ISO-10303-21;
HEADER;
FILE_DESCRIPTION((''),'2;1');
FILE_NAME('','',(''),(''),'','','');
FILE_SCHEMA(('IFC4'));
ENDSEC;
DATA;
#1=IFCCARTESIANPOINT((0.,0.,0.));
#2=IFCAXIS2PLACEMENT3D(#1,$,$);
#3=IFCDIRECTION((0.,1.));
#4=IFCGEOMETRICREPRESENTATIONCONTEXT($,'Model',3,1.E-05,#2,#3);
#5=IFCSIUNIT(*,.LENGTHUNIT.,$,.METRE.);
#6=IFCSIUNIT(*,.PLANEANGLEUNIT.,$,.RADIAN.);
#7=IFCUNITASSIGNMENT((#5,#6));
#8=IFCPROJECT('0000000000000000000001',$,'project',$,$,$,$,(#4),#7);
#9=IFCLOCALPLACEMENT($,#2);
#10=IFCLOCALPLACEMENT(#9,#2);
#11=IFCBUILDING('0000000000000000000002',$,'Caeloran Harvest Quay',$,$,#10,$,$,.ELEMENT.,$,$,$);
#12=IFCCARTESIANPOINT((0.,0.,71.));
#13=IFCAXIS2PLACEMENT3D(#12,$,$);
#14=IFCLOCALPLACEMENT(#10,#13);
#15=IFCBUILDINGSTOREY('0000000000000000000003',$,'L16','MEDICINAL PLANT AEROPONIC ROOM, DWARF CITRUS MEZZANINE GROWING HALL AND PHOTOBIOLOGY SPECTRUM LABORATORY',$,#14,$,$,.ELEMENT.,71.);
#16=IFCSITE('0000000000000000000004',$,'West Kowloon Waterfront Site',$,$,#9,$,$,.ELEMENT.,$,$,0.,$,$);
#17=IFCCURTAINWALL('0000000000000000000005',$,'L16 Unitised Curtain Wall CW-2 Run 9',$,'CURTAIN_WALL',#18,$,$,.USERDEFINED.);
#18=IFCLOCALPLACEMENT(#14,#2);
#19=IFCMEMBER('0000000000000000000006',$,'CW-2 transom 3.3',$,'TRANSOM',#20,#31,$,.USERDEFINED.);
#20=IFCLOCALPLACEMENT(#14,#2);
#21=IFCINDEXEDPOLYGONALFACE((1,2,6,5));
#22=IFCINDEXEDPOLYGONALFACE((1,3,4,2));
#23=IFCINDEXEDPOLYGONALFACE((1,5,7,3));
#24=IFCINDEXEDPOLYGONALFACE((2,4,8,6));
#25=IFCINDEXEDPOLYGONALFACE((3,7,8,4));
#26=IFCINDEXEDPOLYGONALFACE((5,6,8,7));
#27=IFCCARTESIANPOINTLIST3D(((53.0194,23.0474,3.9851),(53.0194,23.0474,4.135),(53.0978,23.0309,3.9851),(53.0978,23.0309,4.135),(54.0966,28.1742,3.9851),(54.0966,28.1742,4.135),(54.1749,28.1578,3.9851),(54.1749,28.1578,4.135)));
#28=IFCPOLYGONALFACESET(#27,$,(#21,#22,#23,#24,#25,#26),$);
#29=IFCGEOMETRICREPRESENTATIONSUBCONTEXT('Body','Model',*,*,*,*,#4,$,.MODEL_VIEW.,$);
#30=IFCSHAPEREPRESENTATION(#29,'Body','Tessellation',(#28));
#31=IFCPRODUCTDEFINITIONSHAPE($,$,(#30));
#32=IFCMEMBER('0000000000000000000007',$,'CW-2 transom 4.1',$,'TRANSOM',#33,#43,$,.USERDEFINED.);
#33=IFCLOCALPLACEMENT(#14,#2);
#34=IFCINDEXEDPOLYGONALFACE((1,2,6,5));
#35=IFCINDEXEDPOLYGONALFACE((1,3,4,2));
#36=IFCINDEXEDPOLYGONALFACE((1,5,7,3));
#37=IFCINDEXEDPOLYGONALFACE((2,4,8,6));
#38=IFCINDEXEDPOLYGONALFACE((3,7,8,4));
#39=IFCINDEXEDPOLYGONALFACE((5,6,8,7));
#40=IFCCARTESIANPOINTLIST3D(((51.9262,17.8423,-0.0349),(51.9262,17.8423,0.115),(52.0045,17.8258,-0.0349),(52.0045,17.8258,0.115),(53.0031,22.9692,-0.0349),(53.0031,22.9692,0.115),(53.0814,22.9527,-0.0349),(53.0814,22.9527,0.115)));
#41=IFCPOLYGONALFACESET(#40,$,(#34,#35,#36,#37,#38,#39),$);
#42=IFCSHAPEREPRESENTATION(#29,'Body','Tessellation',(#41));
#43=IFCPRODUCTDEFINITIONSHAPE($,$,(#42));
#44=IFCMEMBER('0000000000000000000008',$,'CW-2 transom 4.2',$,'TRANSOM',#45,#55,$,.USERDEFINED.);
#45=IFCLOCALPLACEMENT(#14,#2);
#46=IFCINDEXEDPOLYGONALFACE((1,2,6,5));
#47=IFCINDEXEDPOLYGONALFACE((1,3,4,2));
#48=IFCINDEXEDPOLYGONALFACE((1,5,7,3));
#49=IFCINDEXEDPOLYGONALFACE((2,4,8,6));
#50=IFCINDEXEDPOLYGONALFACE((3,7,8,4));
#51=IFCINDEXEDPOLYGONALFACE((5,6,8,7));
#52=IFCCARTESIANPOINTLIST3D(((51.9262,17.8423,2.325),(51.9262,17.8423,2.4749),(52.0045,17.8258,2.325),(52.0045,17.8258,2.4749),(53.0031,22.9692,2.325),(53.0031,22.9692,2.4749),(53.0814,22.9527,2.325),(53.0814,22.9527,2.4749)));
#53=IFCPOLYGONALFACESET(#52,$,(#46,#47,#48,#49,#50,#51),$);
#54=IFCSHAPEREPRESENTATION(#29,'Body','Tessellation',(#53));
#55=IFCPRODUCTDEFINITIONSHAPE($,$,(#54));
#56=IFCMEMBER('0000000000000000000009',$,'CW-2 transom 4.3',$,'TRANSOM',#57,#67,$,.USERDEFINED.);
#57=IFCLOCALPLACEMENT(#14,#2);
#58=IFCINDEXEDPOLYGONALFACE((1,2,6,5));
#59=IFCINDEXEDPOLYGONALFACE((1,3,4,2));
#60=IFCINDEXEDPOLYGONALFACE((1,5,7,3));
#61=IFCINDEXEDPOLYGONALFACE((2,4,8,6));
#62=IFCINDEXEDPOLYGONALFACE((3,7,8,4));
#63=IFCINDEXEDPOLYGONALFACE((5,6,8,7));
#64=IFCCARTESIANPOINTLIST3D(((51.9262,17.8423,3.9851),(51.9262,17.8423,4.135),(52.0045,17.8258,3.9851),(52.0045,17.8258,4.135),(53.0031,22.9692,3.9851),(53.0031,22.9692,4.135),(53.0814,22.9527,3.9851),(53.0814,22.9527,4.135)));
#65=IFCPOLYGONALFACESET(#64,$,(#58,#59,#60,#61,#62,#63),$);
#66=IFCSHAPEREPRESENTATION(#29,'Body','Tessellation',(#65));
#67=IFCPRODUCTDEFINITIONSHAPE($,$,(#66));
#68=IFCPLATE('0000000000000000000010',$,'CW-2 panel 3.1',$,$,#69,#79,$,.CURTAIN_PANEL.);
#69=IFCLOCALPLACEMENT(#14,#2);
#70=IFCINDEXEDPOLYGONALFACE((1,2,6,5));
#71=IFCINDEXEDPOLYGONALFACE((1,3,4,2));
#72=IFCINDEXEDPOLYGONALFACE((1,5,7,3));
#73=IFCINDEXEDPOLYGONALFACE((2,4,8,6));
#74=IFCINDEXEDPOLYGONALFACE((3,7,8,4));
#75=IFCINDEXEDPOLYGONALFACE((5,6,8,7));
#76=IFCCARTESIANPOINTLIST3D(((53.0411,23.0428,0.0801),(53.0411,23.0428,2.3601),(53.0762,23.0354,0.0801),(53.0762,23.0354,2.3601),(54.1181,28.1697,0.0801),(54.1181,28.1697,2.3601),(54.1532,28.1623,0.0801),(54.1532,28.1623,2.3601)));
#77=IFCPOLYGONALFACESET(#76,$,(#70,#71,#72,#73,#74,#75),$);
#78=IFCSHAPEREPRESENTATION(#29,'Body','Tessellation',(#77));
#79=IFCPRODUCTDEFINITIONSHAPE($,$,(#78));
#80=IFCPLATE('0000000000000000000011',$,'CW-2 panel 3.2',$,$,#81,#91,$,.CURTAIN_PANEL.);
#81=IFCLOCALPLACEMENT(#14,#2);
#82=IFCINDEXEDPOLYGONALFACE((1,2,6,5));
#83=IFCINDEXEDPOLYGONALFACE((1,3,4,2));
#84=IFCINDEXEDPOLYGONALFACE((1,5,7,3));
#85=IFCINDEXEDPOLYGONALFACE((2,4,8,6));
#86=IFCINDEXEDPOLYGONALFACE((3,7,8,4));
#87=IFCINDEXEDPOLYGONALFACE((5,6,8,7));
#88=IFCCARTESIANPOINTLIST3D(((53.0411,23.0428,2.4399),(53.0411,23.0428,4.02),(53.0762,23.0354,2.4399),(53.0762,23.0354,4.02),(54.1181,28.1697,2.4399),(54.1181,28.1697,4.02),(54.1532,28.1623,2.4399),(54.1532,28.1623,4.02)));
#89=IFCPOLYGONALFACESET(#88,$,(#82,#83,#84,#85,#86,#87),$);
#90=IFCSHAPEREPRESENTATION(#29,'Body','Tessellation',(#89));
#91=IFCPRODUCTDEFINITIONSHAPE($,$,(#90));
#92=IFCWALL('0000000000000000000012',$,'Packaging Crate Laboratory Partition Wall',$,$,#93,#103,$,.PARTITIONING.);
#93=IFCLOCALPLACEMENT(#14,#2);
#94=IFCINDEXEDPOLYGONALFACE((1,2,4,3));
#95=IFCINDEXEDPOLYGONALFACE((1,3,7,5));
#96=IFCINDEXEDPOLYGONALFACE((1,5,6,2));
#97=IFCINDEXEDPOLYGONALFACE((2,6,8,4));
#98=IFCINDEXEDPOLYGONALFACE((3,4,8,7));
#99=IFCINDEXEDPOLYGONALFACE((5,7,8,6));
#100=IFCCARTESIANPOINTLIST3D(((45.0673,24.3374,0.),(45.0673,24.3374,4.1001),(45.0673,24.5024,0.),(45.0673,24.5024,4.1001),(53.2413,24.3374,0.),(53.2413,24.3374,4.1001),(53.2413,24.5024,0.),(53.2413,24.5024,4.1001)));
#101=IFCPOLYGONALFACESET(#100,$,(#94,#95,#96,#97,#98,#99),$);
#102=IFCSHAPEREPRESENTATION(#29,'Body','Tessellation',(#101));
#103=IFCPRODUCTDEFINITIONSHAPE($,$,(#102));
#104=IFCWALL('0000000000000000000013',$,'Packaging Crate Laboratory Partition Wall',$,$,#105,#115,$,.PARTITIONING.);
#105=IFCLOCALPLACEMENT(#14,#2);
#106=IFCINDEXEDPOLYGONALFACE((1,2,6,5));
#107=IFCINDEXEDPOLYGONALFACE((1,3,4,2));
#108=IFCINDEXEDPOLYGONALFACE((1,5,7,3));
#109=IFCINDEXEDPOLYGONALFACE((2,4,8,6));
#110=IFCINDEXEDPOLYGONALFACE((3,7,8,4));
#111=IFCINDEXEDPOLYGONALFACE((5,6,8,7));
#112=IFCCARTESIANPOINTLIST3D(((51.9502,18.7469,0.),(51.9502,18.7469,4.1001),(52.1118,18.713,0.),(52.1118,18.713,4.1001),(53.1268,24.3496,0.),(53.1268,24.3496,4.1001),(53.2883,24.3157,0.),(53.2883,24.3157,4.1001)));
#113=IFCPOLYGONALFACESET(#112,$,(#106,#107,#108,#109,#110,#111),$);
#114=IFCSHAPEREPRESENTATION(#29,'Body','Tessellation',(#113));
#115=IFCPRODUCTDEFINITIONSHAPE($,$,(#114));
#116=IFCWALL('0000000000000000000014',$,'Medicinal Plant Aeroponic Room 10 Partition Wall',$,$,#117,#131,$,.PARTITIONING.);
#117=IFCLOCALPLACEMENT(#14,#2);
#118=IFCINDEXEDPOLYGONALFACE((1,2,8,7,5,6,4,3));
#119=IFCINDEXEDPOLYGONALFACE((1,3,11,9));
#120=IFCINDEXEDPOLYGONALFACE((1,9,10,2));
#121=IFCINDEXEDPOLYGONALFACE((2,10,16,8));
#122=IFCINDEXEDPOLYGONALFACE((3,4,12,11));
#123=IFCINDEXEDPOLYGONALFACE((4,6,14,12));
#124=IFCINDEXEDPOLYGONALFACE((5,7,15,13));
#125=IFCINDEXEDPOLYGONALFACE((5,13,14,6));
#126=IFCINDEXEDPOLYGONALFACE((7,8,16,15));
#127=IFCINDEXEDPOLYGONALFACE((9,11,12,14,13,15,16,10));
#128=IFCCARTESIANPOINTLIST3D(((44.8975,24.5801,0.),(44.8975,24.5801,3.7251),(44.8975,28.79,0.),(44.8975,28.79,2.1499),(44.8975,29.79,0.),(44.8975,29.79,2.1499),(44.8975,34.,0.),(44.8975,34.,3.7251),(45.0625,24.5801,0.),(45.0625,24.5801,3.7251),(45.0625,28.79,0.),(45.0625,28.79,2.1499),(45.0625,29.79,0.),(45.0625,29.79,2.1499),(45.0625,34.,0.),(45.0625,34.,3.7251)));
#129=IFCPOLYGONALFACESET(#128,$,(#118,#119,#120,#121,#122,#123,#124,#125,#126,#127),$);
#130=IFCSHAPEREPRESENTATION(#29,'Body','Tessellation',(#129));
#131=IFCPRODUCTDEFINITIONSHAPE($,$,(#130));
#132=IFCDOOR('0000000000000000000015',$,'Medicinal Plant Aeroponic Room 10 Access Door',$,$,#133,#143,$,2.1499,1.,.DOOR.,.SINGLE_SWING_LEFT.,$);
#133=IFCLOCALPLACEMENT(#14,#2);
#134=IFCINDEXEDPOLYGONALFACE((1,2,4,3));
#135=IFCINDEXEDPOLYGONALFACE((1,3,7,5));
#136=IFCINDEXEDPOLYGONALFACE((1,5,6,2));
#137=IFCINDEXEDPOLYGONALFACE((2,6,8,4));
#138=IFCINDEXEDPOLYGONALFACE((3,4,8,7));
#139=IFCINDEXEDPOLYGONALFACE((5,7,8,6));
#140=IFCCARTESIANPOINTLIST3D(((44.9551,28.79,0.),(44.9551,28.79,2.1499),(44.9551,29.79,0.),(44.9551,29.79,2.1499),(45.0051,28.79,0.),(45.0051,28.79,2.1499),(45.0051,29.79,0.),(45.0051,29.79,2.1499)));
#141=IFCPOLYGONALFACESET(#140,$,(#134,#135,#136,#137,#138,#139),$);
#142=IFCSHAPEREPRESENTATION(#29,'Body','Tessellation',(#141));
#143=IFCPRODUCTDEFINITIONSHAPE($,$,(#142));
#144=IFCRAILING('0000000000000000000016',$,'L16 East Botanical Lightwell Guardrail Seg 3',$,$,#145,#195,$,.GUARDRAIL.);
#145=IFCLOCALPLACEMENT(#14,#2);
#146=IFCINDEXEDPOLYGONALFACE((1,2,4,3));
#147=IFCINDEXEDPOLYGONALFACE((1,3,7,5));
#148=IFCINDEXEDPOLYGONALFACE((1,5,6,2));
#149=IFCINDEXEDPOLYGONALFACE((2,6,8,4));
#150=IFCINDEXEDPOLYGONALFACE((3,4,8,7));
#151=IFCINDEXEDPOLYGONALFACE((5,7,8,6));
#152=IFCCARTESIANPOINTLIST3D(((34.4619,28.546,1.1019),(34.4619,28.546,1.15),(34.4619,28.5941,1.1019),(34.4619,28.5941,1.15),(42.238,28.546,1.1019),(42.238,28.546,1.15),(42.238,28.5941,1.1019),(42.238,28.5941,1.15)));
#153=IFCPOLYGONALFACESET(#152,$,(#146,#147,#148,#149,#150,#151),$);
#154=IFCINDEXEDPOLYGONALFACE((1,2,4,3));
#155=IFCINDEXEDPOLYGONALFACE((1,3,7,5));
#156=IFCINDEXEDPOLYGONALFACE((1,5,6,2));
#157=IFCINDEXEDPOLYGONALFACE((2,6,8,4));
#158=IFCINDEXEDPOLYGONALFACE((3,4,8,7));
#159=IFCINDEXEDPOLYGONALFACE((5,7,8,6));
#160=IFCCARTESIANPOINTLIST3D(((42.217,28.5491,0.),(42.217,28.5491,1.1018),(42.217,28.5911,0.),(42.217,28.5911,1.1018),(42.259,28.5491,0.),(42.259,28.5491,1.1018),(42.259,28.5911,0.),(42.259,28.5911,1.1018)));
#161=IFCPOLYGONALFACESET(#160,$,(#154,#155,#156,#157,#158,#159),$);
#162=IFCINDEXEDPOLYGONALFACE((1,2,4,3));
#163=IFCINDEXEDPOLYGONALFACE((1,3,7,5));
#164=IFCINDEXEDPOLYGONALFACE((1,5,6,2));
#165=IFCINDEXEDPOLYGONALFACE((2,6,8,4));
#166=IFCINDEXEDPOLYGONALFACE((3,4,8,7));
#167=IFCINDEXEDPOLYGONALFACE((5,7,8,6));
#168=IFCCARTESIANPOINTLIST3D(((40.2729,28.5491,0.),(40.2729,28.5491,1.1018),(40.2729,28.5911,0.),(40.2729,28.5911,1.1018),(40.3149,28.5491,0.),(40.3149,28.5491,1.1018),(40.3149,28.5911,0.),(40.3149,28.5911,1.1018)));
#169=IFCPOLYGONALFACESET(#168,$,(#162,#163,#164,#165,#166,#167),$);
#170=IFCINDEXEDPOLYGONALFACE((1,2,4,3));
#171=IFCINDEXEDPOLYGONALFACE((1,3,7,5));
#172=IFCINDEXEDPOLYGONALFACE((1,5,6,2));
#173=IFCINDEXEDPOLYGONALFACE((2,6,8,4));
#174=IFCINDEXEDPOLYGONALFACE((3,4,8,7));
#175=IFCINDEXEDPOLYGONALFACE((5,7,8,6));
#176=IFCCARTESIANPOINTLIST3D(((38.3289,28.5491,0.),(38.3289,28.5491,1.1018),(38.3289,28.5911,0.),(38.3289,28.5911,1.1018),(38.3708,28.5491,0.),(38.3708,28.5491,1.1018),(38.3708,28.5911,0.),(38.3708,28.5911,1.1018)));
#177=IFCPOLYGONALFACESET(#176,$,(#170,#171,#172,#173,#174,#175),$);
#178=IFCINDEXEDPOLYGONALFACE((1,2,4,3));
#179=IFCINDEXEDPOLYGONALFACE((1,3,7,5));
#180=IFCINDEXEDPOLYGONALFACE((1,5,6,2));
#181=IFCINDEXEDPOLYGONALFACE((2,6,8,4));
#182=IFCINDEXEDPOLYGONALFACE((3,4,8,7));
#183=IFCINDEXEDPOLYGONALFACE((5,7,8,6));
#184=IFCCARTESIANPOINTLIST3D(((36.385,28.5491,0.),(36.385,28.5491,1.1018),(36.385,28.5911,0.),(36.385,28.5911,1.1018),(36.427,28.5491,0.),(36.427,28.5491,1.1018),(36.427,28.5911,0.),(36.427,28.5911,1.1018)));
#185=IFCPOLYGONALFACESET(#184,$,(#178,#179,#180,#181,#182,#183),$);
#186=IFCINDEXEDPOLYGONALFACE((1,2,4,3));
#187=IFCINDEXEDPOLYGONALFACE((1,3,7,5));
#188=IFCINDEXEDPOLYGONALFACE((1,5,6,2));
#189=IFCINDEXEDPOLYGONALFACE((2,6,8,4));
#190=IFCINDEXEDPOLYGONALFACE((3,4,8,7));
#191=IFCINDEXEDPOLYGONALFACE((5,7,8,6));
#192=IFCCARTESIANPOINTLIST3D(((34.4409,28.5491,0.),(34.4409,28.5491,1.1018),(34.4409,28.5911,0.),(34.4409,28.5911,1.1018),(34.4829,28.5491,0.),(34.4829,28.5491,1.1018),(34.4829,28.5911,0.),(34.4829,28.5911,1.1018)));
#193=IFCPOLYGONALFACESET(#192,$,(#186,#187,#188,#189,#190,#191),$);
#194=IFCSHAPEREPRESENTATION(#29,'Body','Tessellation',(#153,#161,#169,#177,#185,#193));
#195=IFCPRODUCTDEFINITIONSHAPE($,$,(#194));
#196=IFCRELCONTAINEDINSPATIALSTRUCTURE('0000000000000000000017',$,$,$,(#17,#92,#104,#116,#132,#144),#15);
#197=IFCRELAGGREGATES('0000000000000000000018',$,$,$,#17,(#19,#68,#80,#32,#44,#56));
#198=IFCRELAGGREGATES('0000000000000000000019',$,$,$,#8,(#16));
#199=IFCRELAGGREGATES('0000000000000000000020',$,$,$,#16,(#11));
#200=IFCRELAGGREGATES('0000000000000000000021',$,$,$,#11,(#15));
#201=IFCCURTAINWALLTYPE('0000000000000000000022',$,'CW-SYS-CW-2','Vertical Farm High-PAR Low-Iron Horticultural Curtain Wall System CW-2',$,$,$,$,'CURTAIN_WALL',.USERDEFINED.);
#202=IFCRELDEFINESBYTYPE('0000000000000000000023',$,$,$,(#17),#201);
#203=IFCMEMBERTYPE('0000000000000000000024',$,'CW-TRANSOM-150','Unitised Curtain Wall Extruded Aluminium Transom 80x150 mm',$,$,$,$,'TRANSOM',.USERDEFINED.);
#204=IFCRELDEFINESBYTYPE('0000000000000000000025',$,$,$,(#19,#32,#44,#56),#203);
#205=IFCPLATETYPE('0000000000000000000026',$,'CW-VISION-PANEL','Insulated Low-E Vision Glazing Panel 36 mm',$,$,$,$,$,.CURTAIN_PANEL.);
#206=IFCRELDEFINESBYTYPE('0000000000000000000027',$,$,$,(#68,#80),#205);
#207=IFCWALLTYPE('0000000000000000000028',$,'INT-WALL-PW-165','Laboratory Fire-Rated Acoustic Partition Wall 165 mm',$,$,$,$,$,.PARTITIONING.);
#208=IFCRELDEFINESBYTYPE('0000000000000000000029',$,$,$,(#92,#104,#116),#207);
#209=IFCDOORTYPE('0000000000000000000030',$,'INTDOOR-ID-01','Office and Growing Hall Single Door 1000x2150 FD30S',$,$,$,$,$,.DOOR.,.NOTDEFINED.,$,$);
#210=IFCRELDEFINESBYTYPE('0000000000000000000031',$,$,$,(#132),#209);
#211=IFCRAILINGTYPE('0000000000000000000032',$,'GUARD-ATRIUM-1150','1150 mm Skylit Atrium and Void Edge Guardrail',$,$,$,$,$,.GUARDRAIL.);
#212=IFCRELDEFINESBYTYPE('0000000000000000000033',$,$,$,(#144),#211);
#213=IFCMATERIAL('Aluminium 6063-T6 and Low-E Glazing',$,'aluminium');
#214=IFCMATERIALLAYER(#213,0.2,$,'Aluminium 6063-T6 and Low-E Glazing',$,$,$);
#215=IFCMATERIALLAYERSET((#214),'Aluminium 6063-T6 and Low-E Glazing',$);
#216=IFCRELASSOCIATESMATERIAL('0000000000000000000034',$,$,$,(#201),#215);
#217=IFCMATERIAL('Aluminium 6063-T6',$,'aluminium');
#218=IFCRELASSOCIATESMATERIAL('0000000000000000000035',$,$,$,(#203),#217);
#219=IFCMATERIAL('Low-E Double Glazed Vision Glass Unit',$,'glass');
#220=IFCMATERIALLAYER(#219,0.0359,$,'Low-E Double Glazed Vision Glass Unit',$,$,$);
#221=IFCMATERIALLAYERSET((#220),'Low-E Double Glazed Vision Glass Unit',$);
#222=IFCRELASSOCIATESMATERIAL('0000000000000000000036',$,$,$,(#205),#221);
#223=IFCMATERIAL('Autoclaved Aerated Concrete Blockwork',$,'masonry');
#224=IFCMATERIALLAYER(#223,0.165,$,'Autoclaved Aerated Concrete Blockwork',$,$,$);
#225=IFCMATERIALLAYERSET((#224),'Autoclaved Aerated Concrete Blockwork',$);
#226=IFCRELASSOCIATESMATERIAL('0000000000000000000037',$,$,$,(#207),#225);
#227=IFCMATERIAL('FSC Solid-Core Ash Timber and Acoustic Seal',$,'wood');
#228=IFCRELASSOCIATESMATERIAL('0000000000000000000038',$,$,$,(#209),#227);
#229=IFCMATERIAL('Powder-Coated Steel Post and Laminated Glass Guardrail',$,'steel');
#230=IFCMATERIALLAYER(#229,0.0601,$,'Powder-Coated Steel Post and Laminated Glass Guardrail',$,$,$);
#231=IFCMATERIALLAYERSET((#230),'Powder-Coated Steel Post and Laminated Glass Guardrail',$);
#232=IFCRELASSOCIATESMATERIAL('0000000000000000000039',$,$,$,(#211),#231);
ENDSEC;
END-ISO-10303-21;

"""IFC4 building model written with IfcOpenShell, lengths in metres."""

from ifc_helpers import new_model, si_unit, direction, frame, frame_2d, origin, origin_2d, place, context, subcontext, project, spatial, rectangle, extrude, material, layer, layer_set, material_profile, profile_set, type_object, element, fill, aggregate, save


model = new_model("IFC4")

# Units and contexts
model_context = context("Model", 3, precision=1e-05, world=origin(), true_north=direction((0.0, 1.0)))
body_context = subcontext(model_context, "Body", "Model", "MODEL_VIEW")
ifc_project = project(units=[si_unit("LENGTHUNIT", "METRE"), si_unit("PLANEANGLEUNIT", "RADIAN")], contexts=[model_context])

# Site, building, storey
site_placement = place(None, origin())
site = spatial("IfcSite", under=ifc_project, at=site_placement, Name="West Kowloon Waterfront Site", CompositionType="ELEMENT", RefElevation=0.0)
building_placement = place(site_placement, origin())
building = spatial("IfcBuilding", under=site, at=building_placement, Name="Caeloran Harvest Quay", CompositionType="ELEMENT")
storey_placement = place(building_placement, frame((0.0, 0.0, 71.0)))
storey = spatial("IfcBuildingStorey", under=building, at=storey_placement, Name="L16", Description="MEDICINAL PLANT AEROPONIC ROOM, DWARF CITRUS MEZZANINE GROWING HALL AND PHOTOBIOLOGY SPECTRUM LABORATORY", CompositionType="ELEMENT", Elevation=71.0)

# Curtain wall, members, plates
ifc_material_1 = material(Name="Aluminium 6063-T6 and Low-E Glazing", Category="aluminium")
ifc_layer_1 = layer(ifc_material_1, 0.2, Name="Aluminium 6063-T6 and Low-E Glazing")
ifc_layer_set_1 = layer_set([ifc_layer_1], Name="Aluminium 6063-T6 and Low-E Glazing")
curtain_wall_type = type_object("IfcCurtainWallType", Name="CW-SYS-CW-2", Description="Vertical Farm High-PAR Low-Iron Horticultural Curtain Wall System CW-2", ElementType="CURTAIN_WALL", PredefinedType="USERDEFINED", material=ifc_layer_set_1)
curtain_wall_placement = place(storey_placement, origin())
curtain_wall = element("IfcCurtainWall", 1, at=curtain_wall_placement, inside=storey, type_object=curtain_wall_type, Name="L16 Unitised Curtain Wall CW-2 Run 9", ObjectType="CURTAIN_WALL", PredefinedType="USERDEFINED")
ifc_material_2 = material(Name="Aluminium 6063-T6", Category="aluminium")
ifc_material_profile_1 = material_profile(ifc_material_2, rectangle(XDim=0.0801, YDim=0.1499, at=origin_2d()), Name="CW-TRANSOM-150")
ifc_profile_set_1 = profile_set([ifc_material_profile_1], Name="Aluminium 6063-T6")
member_type_1 = type_object("IfcMemberType", Name="CW-TRANSOM-150", Description="Unitised Curtain Wall Extruded Aluminium Transom 80x150 mm", ElementType="TRANSOM", PredefinedType="USERDEFINED", material=ifc_profile_set_1)
member_1_placement = place(storey_placement, frame((54.1357, 28.166, 4.0601), z_axis=(-0.205607, -0.978635, 0.0), x_axis=(0.978635, -0.205607, 0.0)))
member_1 = element("IfcMember", 2, at=member_1_placement, type_object=member_type_1, Name="CW-2 transom 3.3", ObjectType="TRANSOM", PredefinedType="USERDEFINED", context=body_context, shape_type="SweptSolid", body=[
    extrude(rectangle(XDim=0.0801, YDim=0.1499, at=origin_2d()), origin(), (0.0, 0.0, 1.0), 5.2388),
])
member_2_placement = place(storey_placement, frame((53.0422, 22.9609, 0.04), z_axis=(-0.205562, -0.978644, 0.0), x_axis=(0.978644, -0.205562, 0.0)))
member_2 = element("IfcMember", 3, at=member_2_placement, type_object=member_type_1, Name="CW-2 transom 4.1", ObjectType="TRANSOM", PredefinedType="USERDEFINED", context=body_context, shape_type="SweptSolid", body=[
    extrude(rectangle(XDim=0.0801, YDim=0.1499, at=origin_2d()), origin(), (0.0, 0.0, 1.0), 5.2388),
])
member_3_placement = place(storey_placement, frame((53.0422, 22.9609, 2.3999), z_axis=(-0.205562, -0.978644, 0.0), x_axis=(0.978644, -0.205562, 0.0)))
member_3 = element("IfcMember", 4, at=member_3_placement, type_object=member_type_1, Name="CW-2 transom 4.2", ObjectType="TRANSOM", PredefinedType="USERDEFINED", context=body_context, shape_type="SweptSolid", body=[
    extrude(rectangle(XDim=0.0801, YDim=0.1499, at=origin_2d()), origin(), (0.0, 0.0, 1.0), 5.2388),
])
member_4_placement = place(storey_placement, frame((53.0422, 22.9609, 4.0601), z_axis=(-0.205562, -0.978644, 0.0), x_axis=(0.978644, -0.205562, 0.0)))
member_4 = element("IfcMember", 5, at=member_4_placement, type_object=member_type_1, Name="CW-2 transom 4.3", ObjectType="TRANSOM", PredefinedType="USERDEFINED", context=body_context, shape_type="SweptSolid", body=[
    extrude(rectangle(XDim=0.0801, YDim=0.1499, at=origin_2d()), origin(), (0.0, 0.0, 1.0), 5.2388),
])
ifc_material_3 = material(Name="Low-E Double Glazed Vision Glass Unit", Category="glass")
ifc_layer_2 = layer(ifc_material_3, 0.0359, Name="Low-E Double Glazed Vision Glass Unit")
ifc_layer_set_2 = layer_set([ifc_layer_2], Name="Low-E Double Glazed Vision Glass Unit")
plate_type = type_object("IfcPlateType", Name="CW-VISION-PANEL", Description="Insulated Low-E Vision Glazing Panel 36 mm", PredefinedType="CURTAIN_PANEL", material=ifc_layer_set_2)
plate_1_placement = place(storey_placement, frame((53.5972, 25.6025, 0.0801), z_axis=(0.0, 0.0, 1.0), x_axis=(-0.205583, -0.97864, 0.0)))
plate_1 = element("IfcPlate", 6, at=plate_1_placement, type_object=plate_type, Name="CW-2 panel 3.1", PredefinedType="CURTAIN_PANEL", context=body_context, shape_type="SweptSolid", body=[
    extrude(rectangle(XDim=5.2388, YDim=0.0359, at=origin_2d()), origin(), (0.0, 0.0, 1.0), 2.28),
])
plate_2_placement = place(storey_placement, frame((53.5972, 25.6025, 2.4399), z_axis=(0.0, 0.0, 1.0), x_axis=(-0.205583, -0.97864, 0.0)))
plate_2 = element("IfcPlate", 7, at=plate_2_placement, type_object=plate_type, Name="CW-2 panel 3.2", PredefinedType="CURTAIN_PANEL", context=body_context, shape_type="SweptSolid", body=[
    extrude(rectangle(XDim=5.2388, YDim=0.0359, at=origin_2d()), origin(), (0.0, 0.0, 1.0), 1.5801),
])
aggregate(curtain_wall, [member_1, plate_1, plate_2, member_2, member_3, member_4])

# Walls
ifc_material_4 = material(Name="Autoclaved Aerated Concrete Blockwork", Category="masonry")
ifc_layer_3 = layer(ifc_material_4, 0.165, Name="Autoclaved Aerated Concrete Blockwork")
ifc_layer_set_3 = layer_set([ifc_layer_3], Name="Autoclaved Aerated Concrete Blockwork")
wall_type = type_object("IfcWallType", Name="INT-WALL-PW-165", Description="Laboratory Fire-Rated Acoustic Partition Wall 165 mm", PredefinedType="PARTITIONING", material=ifc_layer_set_3)
wall_1_placement = place(storey_placement, frame((45.0674, 24.4199, 0.0), z_axis=(0.0, 0.0, 1.0), x_axis=(1.0, 0.0, 0.0)))
element("IfcWall", 8, at=wall_1_placement, inside=storey, type_object=wall_type, Name="Packaging Crate Laboratory Partition Wall", PredefinedType="PARTITIONING", context=body_context, shape_type="SweptSolid", body=[
    extrude(rectangle(XDim=8.1741, YDim=0.165, at=frame_2d((4.0869, 0.0))), origin(), (0.0, 0.0, 1.0), 4.1001),
])
wall_2_placement = place(storey_placement, frame((53.2075, 24.3325, 0.0), z_axis=(0.0, 0.0, 1.0), x_axis=(-0.205514, -0.978654, 0.0)))
element("IfcWall", 9, at=wall_2_placement, inside=storey, type_object=wall_type, Name="Packaging Crate Laboratory Partition Wall", PredefinedType="PARTITIONING", context=body_context, shape_type="SweptSolid", body=[
    extrude(rectangle(XDim=5.7249, YDim=0.165, at=frame_2d((2.8623, 0.0))), origin(), (0.0, 0.0, 1.0), 4.1001),
])

# Wall, opening, door
wall_3_placement = place(storey_placement, frame((44.98, 24.5801, 0.0), z_axis=(0.0, 0.0, 1.0), x_axis=(0.0, 1.0, 0.0)))
wall_3 = element("IfcWall", 10, at=wall_3_placement, inside=storey, type_object=wall_type, Name="Medicinal Plant Aeroponic Room 10 Partition Wall", PredefinedType="PARTITIONING", context=body_context, shape_type="SweptSolid", body=[
    extrude(rectangle(XDim=9.4199, YDim=0.165, at=frame_2d((4.71, 0.0))), origin(), (0.0, 0.0, 1.0), 3.7251),
])
opening_placement = place(wall_3_placement, frame((4.21, 0.0, 0.0)))
opening = element("IfcOpeningElement", 11, at=opening_placement, cuts=wall_3, PredefinedType="OPENING", context=body_context, shape_type="SweptSolid", body=[
    extrude(rectangle(XDim=1.0, YDim=2.1499, at=frame_2d((0.5, 1.075))), frame((0.0, 0.0925, 0.0), z_axis=(0.0, -1.0, 0.0), x_axis=(1.0, 0.0, 0.0)), (0.0, 0.0, 1.0), 0.1851),
])
ifc_material_5 = material(Name="FSC Solid-Core Ash Timber and Acoustic Seal", Category="wood")
door_type = type_object("IfcDoorType", Name="INTDOOR-ID-01", Description="Office and Growing Hall Single Door 1000x2150 FD30S", OperationType="NOTDEFINED", PredefinedType="DOOR", material=ifc_material_5)
door_placement = place(opening_placement, origin())
door = element("IfcDoor", 12, at=door_placement, inside=storey, type_object=door_type, Name="Medicinal Plant Aeroponic Room 10 Access Door", OperationType="SINGLE_SWING_LEFT", OverallHeight=2.1499, OverallWidth=1.0, PredefinedType="DOOR", context=body_context, shape_type="SweptSolid", body=[
    extrude(rectangle(XDim=1.0, YDim=2.1499, at=frame_2d((0.5, 1.075))), frame((0.0, 0.0249, 0.0), z_axis=(0.0, -1.0, 0.0), x_axis=(1.0, 0.0, 0.0)), (0.0, 0.0, 1.0), 0.05),
])
fill(opening, door)

# Railing
ifc_material_6 = material(Name="Powder-Coated Steel Post and Laminated Glass Guardrail", Category="steel")
ifc_layer_4 = layer(ifc_material_6, 0.0601, Name="Powder-Coated Steel Post and Laminated Glass Guardrail")
ifc_layer_set_4 = layer_set([ifc_layer_4], Name="Powder-Coated Steel Post and Laminated Glass Guardrail")
railing_type = type_object("IfcRailingType", Name="GUARD-ATRIUM-1150", Description="1150 mm Skylit Atrium and Void Edge Guardrail", PredefinedType="GUARDRAIL", material=ifc_layer_set_4)
railing_1_placement = place(storey_placement, frame((42.238, 28.5701, 0.0)))
element("IfcRailing", 13, at=railing_1_placement, inside=storey, type_object=railing_type, Name="L16 East Botanical Lightwell Guardrail Seg 3", PredefinedType="GUARDRAIL", context=body_context, shape_type="SweptSolid", body=[
    extrude(rectangle(XDim=0.0481, YDim=0.0481, at=origin_2d()), frame((0.0, 0.0, 1.126), z_axis=(-1.0, 0.0, 0.0), x_axis=(0.0, -1.0, 0.0)), (0.0, 0.0, 1.0), 7.7761),
    extrude(rectangle(XDim=0.042, YDim=0.042, at=origin_2d()), origin(), (0.0, 0.0, 1.0), 1.1018),
    extrude(rectangle(XDim=0.042, YDim=0.042, at=origin_2d()), frame((-1.9441, 0.0, 0.0)), (0.0, 0.0, 1.0), 1.1018),
    extrude(rectangle(XDim=0.042, YDim=0.042, at=origin_2d()), frame((-3.8882, 0.0, 0.0)), (0.0, 0.0, 1.0), 1.1018),
    extrude(rectangle(XDim=0.042, YDim=0.042, at=origin_2d()), frame((-5.832, 0.0, 0.0)), (0.0, 0.0, 1.0), 1.1018),
    extrude(rectangle(XDim=0.042, YDim=0.042, at=origin_2d()), frame((-7.7761, 0.0, 0.0)), (0.0, 0.0, 1.0), 1.1018),
])

save(model, "model.ifc")
